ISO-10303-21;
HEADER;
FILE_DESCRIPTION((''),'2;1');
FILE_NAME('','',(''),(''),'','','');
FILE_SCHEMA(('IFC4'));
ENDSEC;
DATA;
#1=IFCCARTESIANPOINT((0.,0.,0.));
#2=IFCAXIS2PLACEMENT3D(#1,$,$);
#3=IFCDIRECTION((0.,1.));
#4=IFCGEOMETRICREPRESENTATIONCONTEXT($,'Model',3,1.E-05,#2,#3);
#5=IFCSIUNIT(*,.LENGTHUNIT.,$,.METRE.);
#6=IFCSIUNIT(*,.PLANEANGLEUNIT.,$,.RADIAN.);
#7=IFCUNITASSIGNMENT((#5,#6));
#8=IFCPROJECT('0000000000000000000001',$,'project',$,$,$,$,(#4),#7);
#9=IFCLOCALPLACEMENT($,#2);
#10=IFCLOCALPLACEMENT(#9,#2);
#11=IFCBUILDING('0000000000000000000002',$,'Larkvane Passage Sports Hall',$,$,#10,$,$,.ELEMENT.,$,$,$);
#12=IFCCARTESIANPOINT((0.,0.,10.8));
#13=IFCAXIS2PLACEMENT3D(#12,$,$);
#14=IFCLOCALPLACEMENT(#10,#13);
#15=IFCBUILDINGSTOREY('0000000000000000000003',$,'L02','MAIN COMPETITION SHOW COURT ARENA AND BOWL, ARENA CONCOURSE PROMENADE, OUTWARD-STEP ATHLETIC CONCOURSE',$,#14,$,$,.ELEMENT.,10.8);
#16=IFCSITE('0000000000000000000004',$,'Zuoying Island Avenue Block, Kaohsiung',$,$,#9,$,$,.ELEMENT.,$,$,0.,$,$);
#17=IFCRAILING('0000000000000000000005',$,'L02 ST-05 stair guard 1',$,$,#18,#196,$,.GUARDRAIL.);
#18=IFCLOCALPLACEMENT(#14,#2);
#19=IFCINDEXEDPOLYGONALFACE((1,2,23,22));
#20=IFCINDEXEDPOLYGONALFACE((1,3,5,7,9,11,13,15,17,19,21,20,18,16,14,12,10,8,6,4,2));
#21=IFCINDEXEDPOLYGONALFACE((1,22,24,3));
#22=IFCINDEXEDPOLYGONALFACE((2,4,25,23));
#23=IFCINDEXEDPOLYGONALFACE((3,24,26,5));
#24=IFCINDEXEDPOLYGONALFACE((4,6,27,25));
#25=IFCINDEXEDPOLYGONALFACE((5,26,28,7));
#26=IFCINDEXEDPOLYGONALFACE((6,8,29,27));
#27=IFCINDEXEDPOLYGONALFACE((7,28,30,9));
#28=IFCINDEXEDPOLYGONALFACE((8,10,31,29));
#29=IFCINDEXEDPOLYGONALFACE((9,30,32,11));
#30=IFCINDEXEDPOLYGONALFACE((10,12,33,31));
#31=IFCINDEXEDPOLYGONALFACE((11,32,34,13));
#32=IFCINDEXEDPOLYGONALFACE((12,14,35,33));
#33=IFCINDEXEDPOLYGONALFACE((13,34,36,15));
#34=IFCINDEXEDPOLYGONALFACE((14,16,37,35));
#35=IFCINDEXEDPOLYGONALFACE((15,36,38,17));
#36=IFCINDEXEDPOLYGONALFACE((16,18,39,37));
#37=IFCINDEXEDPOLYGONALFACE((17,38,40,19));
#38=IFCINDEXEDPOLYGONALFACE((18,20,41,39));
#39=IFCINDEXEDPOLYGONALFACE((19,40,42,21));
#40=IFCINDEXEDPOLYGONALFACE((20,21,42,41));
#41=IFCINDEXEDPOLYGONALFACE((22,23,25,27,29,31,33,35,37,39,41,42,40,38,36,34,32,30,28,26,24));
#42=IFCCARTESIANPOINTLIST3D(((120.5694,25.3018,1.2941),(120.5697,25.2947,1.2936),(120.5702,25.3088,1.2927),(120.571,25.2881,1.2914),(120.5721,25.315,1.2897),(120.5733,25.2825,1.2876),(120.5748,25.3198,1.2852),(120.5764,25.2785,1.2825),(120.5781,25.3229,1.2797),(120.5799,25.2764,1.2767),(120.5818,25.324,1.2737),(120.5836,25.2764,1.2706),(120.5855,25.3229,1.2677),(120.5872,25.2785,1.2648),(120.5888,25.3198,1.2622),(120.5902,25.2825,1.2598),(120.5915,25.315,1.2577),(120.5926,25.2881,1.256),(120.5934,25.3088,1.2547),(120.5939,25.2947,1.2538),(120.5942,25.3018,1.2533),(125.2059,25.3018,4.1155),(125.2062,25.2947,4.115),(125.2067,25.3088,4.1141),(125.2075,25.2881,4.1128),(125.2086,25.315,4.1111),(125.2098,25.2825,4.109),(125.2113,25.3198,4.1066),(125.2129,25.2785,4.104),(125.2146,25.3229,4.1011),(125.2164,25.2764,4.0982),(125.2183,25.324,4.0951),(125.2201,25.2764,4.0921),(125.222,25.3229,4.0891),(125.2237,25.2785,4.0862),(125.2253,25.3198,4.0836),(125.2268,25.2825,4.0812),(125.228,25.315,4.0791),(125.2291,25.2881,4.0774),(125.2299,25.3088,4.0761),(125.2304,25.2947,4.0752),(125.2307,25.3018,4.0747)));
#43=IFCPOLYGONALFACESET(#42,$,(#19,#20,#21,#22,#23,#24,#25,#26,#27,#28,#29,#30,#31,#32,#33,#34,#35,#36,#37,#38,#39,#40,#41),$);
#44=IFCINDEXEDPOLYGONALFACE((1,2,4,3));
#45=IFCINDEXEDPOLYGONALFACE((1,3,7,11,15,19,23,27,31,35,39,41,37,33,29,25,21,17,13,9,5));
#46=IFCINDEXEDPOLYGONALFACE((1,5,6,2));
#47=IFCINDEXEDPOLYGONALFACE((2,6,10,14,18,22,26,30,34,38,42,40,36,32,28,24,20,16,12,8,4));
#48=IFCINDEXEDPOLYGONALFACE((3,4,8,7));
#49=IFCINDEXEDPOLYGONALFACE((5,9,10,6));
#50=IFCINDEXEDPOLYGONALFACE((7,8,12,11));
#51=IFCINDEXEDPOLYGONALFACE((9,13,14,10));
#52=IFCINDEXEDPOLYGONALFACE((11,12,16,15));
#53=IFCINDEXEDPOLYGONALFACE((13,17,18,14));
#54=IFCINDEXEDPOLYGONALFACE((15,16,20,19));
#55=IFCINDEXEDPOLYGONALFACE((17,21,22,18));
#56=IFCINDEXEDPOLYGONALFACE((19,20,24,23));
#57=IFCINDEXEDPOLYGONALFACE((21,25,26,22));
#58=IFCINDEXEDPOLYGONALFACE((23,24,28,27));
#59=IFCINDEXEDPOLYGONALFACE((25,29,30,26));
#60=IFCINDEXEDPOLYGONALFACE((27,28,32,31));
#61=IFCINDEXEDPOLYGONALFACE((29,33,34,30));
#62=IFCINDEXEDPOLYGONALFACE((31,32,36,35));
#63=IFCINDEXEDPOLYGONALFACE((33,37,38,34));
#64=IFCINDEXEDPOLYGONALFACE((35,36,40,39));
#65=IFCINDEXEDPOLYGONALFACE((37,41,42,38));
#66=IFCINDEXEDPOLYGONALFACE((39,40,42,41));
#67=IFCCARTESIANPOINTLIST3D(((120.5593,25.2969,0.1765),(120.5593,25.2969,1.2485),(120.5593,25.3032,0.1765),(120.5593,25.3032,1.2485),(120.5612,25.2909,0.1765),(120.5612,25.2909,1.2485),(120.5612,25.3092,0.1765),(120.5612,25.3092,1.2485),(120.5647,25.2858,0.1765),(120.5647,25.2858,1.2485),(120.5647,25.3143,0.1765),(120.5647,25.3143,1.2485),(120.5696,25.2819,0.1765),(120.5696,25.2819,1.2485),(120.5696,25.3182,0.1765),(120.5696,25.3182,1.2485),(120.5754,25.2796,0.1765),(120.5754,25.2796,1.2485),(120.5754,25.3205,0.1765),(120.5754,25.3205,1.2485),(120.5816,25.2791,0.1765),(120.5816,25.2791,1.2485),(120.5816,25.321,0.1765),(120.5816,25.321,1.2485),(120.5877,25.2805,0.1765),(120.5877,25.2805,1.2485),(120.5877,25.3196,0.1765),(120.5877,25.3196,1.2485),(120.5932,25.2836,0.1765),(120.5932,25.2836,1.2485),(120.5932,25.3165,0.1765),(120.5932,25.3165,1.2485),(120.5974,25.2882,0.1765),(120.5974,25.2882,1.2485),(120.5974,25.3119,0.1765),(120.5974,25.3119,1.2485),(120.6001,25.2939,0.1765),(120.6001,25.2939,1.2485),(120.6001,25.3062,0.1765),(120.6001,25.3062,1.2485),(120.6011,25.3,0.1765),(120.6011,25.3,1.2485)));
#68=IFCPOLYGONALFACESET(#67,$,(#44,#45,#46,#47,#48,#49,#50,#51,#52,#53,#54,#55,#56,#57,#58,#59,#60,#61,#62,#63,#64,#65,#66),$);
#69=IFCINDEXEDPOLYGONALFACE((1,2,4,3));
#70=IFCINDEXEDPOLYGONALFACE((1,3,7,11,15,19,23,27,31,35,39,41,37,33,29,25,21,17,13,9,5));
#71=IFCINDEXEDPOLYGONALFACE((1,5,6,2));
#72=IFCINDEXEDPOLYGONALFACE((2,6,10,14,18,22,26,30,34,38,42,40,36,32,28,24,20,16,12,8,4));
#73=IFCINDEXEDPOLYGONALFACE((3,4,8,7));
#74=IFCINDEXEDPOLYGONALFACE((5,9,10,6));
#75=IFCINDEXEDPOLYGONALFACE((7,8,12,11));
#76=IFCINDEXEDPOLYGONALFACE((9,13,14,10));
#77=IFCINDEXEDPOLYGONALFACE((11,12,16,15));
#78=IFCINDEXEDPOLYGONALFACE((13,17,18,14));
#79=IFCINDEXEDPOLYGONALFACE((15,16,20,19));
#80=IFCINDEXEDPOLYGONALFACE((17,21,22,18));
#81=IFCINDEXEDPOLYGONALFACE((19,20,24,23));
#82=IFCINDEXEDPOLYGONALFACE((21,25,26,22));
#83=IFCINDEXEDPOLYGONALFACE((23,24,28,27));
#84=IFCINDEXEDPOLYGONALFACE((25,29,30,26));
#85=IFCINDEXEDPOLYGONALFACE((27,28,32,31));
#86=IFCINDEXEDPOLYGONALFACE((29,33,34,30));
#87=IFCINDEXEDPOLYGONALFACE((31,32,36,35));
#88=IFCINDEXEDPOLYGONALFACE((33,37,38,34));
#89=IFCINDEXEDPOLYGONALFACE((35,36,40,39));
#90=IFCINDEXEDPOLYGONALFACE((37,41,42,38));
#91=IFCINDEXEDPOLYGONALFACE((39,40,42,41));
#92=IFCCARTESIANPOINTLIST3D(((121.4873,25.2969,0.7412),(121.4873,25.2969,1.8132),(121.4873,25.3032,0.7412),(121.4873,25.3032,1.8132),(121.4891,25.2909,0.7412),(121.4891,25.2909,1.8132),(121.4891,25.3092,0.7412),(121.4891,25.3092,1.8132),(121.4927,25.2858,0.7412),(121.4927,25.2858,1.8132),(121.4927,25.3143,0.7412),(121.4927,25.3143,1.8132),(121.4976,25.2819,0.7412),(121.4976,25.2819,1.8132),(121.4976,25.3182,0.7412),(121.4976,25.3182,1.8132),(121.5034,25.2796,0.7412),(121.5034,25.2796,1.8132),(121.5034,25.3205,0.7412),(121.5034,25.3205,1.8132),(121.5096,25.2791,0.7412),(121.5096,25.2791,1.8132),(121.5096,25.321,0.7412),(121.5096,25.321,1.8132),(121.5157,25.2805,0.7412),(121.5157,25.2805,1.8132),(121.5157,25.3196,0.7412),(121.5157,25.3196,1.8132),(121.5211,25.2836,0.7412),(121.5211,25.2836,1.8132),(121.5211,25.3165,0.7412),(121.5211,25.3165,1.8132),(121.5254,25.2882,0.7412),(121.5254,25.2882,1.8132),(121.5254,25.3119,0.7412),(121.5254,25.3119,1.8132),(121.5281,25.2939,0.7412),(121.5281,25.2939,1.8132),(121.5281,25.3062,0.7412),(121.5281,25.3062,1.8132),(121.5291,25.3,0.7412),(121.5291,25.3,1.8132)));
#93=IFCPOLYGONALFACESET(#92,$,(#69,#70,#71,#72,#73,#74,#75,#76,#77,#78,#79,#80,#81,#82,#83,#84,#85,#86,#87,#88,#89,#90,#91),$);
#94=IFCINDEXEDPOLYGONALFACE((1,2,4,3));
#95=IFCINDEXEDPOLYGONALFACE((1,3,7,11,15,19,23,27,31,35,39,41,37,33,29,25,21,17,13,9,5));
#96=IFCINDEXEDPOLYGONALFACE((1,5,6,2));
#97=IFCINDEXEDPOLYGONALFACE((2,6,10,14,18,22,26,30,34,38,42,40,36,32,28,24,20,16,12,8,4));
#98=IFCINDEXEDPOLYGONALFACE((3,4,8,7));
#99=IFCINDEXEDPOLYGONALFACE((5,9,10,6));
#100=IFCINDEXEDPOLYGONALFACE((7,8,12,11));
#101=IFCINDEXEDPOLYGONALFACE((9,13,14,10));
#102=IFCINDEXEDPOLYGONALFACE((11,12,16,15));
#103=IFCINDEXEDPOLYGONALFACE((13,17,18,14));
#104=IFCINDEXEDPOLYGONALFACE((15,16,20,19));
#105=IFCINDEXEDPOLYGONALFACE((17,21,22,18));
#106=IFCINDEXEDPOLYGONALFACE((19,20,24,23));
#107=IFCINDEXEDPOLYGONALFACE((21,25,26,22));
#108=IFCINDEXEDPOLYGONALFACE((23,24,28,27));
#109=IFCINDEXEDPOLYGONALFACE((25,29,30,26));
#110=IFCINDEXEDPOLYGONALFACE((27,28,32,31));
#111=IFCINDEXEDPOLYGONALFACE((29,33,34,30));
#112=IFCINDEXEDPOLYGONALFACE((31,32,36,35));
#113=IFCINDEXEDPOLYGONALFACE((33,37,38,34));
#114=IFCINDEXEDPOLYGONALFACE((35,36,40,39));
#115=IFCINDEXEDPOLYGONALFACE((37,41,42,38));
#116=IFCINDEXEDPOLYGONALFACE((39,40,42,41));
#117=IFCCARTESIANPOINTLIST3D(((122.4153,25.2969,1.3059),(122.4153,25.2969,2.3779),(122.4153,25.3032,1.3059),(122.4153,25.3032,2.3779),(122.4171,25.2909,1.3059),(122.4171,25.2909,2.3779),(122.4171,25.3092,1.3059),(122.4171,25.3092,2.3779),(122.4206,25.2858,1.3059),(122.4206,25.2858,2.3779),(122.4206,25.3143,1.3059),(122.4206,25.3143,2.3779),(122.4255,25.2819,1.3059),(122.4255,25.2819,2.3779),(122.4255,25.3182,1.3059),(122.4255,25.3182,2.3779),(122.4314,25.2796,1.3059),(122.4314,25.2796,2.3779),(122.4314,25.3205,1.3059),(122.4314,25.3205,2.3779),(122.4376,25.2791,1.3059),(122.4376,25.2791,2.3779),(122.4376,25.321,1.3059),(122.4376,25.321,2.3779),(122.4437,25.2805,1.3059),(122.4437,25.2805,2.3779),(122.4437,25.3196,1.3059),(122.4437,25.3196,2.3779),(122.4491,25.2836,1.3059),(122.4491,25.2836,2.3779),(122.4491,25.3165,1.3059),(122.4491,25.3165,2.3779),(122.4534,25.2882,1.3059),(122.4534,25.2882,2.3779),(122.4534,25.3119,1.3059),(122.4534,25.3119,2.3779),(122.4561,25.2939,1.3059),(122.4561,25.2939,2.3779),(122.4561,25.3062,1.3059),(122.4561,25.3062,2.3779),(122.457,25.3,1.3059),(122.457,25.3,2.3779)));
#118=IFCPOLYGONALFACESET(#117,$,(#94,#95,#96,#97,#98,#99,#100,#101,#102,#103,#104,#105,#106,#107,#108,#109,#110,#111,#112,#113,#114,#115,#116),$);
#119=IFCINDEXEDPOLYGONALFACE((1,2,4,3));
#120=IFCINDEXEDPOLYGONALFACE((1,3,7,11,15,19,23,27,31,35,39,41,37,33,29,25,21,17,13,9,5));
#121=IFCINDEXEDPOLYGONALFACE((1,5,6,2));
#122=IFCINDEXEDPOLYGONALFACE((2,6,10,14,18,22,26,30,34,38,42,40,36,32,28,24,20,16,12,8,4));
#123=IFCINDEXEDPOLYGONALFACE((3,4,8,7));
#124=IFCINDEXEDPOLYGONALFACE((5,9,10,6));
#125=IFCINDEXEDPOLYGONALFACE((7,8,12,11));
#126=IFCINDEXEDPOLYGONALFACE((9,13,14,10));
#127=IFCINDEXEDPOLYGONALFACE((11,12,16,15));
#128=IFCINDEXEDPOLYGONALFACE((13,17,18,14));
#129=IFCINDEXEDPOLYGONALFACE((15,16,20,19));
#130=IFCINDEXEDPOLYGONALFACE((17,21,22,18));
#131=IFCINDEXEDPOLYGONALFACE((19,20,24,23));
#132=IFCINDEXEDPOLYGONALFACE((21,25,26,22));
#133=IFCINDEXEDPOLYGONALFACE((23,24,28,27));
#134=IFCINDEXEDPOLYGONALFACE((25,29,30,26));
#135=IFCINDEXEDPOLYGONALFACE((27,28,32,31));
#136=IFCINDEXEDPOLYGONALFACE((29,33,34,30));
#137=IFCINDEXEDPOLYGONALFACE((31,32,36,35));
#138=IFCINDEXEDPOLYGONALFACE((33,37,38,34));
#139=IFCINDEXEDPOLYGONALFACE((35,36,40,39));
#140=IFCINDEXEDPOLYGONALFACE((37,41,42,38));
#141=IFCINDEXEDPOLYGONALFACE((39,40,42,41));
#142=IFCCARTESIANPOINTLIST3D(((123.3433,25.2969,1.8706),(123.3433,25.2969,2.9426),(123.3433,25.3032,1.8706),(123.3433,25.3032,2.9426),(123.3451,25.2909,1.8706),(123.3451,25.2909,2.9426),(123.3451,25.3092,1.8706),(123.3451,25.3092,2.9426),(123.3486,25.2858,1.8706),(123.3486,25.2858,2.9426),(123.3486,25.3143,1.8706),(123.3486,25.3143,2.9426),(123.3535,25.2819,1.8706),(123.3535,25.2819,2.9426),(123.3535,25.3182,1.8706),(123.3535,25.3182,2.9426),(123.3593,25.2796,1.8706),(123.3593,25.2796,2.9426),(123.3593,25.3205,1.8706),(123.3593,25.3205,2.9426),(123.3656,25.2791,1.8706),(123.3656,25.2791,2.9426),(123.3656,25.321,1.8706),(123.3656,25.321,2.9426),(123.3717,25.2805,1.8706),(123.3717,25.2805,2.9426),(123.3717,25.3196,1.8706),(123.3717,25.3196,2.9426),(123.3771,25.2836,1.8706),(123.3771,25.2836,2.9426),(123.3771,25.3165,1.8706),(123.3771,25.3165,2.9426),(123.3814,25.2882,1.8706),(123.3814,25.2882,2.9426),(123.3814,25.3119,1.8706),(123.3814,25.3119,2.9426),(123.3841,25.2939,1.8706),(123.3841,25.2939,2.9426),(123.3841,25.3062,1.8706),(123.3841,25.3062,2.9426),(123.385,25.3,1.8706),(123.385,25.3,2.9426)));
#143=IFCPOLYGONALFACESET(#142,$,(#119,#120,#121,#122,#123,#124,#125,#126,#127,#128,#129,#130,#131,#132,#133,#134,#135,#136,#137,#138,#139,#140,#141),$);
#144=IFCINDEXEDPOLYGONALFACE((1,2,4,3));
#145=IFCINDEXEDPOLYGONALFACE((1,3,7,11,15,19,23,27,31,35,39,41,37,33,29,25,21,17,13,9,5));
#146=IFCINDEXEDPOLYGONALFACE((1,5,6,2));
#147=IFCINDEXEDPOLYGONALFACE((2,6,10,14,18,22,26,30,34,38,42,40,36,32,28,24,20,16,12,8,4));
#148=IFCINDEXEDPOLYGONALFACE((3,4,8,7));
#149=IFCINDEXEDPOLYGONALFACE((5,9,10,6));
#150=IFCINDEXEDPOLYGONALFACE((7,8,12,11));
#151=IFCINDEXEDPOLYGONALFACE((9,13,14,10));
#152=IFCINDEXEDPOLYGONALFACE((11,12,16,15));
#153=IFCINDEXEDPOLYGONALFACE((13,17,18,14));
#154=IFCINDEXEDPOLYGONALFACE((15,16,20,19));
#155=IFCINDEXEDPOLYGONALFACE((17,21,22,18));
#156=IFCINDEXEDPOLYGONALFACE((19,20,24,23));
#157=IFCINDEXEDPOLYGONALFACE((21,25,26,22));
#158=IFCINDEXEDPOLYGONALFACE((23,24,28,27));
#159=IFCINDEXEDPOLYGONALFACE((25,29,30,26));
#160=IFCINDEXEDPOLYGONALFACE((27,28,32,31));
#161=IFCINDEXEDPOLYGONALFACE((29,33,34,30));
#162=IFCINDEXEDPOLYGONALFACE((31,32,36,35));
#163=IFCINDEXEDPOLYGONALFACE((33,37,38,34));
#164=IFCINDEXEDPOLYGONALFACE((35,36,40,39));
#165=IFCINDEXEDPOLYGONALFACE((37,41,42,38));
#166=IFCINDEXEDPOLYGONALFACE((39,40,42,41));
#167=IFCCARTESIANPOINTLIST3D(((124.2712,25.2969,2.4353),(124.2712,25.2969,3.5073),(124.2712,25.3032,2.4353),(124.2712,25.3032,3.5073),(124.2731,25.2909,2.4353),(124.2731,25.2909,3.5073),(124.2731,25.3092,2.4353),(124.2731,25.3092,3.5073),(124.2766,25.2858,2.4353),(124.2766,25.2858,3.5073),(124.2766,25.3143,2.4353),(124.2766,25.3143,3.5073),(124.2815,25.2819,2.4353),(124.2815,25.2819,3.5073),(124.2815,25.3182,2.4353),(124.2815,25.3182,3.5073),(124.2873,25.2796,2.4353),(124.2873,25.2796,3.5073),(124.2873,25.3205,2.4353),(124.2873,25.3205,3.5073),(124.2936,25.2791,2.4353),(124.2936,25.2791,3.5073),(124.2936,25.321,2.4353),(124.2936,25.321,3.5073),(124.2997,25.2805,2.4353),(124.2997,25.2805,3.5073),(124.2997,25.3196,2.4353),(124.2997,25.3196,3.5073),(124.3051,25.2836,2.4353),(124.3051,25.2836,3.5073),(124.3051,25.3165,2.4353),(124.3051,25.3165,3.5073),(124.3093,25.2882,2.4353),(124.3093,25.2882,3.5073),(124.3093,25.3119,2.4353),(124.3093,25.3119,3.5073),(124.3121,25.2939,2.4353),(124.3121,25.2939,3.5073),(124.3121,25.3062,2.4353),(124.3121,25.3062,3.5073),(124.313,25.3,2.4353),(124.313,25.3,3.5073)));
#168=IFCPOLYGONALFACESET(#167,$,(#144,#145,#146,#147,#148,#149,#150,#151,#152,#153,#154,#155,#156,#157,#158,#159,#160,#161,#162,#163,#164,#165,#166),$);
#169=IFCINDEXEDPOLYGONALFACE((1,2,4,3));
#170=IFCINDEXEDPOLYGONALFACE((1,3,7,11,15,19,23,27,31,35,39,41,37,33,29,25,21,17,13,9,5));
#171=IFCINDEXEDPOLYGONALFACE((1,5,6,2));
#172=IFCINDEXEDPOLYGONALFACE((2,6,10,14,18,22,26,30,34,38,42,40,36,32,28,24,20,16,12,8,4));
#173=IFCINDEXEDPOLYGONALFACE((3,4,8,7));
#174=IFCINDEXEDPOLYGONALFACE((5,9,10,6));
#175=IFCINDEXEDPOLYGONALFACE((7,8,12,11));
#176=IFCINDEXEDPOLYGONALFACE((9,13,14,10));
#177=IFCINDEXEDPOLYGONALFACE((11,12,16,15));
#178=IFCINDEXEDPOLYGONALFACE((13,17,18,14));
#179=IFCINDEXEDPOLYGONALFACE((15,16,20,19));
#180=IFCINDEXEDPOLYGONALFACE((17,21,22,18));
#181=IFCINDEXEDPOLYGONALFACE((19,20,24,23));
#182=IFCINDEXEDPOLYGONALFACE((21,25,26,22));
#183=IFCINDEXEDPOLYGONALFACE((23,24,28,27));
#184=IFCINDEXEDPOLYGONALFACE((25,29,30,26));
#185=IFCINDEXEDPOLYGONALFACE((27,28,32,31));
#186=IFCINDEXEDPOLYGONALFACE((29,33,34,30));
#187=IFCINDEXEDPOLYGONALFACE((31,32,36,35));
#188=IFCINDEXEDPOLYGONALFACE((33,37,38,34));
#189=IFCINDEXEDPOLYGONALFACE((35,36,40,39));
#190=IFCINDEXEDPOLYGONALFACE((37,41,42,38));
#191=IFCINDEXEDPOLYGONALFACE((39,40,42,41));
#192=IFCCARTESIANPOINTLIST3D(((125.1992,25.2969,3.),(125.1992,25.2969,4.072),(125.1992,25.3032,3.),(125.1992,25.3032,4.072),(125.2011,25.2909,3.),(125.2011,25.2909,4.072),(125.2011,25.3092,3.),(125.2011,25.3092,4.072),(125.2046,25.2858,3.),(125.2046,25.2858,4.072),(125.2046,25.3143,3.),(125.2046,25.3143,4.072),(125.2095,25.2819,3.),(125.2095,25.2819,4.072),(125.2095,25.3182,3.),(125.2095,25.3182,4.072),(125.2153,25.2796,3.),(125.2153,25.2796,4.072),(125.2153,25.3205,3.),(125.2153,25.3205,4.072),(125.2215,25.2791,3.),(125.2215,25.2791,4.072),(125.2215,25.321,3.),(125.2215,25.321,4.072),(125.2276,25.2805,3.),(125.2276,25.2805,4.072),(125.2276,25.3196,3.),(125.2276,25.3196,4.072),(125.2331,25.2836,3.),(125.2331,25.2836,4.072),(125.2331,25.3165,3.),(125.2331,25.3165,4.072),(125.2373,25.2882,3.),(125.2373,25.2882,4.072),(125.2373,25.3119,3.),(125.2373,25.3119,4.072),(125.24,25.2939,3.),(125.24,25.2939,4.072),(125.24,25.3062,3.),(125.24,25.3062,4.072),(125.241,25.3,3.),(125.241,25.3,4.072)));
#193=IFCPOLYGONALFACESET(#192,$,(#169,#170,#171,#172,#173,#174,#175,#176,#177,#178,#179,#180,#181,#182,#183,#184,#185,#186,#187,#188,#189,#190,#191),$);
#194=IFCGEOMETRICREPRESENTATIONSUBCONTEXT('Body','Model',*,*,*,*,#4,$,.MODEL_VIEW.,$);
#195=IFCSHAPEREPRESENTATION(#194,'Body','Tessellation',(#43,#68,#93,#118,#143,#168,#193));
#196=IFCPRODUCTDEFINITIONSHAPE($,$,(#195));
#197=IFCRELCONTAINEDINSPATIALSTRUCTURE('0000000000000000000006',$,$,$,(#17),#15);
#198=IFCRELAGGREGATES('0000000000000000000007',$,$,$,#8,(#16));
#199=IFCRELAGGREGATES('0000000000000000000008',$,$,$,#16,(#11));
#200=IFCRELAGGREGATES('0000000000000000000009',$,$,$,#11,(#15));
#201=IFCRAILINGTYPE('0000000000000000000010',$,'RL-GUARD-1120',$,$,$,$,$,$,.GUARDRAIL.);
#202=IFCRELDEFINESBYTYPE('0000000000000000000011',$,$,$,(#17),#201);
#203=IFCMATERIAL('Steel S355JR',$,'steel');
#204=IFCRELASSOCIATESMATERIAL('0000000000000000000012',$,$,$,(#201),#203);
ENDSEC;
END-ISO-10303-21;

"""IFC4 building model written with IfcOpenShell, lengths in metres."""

from ifc_helpers import new_model, si_unit, direction, frame, origin, origin_2d, place, context, subcontext, project, spatial, circle, extrude, material, type_object, element, save


model = new_model("IFC4")

# Units and contexts
model_context = context("Model", 3, precision=1e-05, world=origin(), true_north=direction((0.0, 1.0)))
body_context = subcontext(model_context, "Body", "Model", "MODEL_VIEW")
ifc_project = project(units=[si_unit("LENGTHUNIT", "METRE"), si_unit("PLANEANGLEUNIT", "RADIAN")], contexts=[model_context])

# Site, building, storey
site_placement = place(None, origin())
site = spatial("IfcSite", under=ifc_project, at=site_placement, Name="Zuoying Island Avenue Block, Kaohsiung", CompositionType="ELEMENT", RefElevation=0.0)
building_placement = place(site_placement, origin())
building = spatial("IfcBuilding", under=site, at=building_placement, Name="Larkvane Passage Sports Hall", CompositionType="ELEMENT")
storey_placement = place(building_placement, frame((0.0, 0.0, 10.8)))
storey = spatial("IfcBuildingStorey", under=building, at=storey_placement, Name="L02", Description="MAIN COMPETITION SHOW COURT ARENA AND BOWL, ARENA CONCOURSE PROMENADE, OUTWARD-STEP ATHLETIC CONCOURSE", CompositionType="ELEMENT", Elevation=10.8)

# Shared definitions
ifc_material_1 = material(Name="Steel S355JR", Category="steel")

# Railing
railing_type_1 = type_object("IfcRailingType", Name="RL-GUARD-1120", PredefinedType="GUARDRAIL", material=ifc_material_1)
railing_1_placement = place(storey_placement, frame((120.5801, 25.3, 0.1765)))
element("IfcRailing", 1, at=railing_1_placement, inside=storey, type_object=railing_type_1, Name="L02 ST-05 stair guard 1", PredefinedType="GUARDRAIL", context=body_context, shape_type="SweptSolid", body=[
    extrude(circle(Radius=0.0239, at=origin_2d()), frame((0.0017, 0.0, 1.0972), z_axis=(0.854264, 0.0, 0.51984), x_axis=(0.0, 1.0, 0.0)), (0.0, 0.0, 1.0), 5.4275),
    extrude(circle(Radius=0.021, at=origin_2d()), origin(), (0.0, 0.0, 1.0), 1.072),
    extrude(circle(Radius=0.021, at=origin_2d()), frame((0.928, 0.0, 0.5647)), (0.0, 0.0, 1.0), 1.072),
    extrude(circle(Radius=0.021, at=origin_2d()), frame((1.856, 0.0, 1.1294)), (0.0, 0.0, 1.0), 1.072),
    extrude(circle(Radius=0.021, at=origin_2d()), frame((2.7839, 0.0, 1.6941)), (0.0, 0.0, 1.0), 1.072),
    extrude(circle(Radius=0.021, at=origin_2d()), frame((3.7119, 0.0, 2.2588)), (0.0, 0.0, 1.0), 1.072),
    extrude(circle(Radius=0.021, at=origin_2d()), frame((4.6399, 0.0, 2.8235)), (0.0, 0.0, 1.0), 1.072),
])

save(model, "model.ifc")
